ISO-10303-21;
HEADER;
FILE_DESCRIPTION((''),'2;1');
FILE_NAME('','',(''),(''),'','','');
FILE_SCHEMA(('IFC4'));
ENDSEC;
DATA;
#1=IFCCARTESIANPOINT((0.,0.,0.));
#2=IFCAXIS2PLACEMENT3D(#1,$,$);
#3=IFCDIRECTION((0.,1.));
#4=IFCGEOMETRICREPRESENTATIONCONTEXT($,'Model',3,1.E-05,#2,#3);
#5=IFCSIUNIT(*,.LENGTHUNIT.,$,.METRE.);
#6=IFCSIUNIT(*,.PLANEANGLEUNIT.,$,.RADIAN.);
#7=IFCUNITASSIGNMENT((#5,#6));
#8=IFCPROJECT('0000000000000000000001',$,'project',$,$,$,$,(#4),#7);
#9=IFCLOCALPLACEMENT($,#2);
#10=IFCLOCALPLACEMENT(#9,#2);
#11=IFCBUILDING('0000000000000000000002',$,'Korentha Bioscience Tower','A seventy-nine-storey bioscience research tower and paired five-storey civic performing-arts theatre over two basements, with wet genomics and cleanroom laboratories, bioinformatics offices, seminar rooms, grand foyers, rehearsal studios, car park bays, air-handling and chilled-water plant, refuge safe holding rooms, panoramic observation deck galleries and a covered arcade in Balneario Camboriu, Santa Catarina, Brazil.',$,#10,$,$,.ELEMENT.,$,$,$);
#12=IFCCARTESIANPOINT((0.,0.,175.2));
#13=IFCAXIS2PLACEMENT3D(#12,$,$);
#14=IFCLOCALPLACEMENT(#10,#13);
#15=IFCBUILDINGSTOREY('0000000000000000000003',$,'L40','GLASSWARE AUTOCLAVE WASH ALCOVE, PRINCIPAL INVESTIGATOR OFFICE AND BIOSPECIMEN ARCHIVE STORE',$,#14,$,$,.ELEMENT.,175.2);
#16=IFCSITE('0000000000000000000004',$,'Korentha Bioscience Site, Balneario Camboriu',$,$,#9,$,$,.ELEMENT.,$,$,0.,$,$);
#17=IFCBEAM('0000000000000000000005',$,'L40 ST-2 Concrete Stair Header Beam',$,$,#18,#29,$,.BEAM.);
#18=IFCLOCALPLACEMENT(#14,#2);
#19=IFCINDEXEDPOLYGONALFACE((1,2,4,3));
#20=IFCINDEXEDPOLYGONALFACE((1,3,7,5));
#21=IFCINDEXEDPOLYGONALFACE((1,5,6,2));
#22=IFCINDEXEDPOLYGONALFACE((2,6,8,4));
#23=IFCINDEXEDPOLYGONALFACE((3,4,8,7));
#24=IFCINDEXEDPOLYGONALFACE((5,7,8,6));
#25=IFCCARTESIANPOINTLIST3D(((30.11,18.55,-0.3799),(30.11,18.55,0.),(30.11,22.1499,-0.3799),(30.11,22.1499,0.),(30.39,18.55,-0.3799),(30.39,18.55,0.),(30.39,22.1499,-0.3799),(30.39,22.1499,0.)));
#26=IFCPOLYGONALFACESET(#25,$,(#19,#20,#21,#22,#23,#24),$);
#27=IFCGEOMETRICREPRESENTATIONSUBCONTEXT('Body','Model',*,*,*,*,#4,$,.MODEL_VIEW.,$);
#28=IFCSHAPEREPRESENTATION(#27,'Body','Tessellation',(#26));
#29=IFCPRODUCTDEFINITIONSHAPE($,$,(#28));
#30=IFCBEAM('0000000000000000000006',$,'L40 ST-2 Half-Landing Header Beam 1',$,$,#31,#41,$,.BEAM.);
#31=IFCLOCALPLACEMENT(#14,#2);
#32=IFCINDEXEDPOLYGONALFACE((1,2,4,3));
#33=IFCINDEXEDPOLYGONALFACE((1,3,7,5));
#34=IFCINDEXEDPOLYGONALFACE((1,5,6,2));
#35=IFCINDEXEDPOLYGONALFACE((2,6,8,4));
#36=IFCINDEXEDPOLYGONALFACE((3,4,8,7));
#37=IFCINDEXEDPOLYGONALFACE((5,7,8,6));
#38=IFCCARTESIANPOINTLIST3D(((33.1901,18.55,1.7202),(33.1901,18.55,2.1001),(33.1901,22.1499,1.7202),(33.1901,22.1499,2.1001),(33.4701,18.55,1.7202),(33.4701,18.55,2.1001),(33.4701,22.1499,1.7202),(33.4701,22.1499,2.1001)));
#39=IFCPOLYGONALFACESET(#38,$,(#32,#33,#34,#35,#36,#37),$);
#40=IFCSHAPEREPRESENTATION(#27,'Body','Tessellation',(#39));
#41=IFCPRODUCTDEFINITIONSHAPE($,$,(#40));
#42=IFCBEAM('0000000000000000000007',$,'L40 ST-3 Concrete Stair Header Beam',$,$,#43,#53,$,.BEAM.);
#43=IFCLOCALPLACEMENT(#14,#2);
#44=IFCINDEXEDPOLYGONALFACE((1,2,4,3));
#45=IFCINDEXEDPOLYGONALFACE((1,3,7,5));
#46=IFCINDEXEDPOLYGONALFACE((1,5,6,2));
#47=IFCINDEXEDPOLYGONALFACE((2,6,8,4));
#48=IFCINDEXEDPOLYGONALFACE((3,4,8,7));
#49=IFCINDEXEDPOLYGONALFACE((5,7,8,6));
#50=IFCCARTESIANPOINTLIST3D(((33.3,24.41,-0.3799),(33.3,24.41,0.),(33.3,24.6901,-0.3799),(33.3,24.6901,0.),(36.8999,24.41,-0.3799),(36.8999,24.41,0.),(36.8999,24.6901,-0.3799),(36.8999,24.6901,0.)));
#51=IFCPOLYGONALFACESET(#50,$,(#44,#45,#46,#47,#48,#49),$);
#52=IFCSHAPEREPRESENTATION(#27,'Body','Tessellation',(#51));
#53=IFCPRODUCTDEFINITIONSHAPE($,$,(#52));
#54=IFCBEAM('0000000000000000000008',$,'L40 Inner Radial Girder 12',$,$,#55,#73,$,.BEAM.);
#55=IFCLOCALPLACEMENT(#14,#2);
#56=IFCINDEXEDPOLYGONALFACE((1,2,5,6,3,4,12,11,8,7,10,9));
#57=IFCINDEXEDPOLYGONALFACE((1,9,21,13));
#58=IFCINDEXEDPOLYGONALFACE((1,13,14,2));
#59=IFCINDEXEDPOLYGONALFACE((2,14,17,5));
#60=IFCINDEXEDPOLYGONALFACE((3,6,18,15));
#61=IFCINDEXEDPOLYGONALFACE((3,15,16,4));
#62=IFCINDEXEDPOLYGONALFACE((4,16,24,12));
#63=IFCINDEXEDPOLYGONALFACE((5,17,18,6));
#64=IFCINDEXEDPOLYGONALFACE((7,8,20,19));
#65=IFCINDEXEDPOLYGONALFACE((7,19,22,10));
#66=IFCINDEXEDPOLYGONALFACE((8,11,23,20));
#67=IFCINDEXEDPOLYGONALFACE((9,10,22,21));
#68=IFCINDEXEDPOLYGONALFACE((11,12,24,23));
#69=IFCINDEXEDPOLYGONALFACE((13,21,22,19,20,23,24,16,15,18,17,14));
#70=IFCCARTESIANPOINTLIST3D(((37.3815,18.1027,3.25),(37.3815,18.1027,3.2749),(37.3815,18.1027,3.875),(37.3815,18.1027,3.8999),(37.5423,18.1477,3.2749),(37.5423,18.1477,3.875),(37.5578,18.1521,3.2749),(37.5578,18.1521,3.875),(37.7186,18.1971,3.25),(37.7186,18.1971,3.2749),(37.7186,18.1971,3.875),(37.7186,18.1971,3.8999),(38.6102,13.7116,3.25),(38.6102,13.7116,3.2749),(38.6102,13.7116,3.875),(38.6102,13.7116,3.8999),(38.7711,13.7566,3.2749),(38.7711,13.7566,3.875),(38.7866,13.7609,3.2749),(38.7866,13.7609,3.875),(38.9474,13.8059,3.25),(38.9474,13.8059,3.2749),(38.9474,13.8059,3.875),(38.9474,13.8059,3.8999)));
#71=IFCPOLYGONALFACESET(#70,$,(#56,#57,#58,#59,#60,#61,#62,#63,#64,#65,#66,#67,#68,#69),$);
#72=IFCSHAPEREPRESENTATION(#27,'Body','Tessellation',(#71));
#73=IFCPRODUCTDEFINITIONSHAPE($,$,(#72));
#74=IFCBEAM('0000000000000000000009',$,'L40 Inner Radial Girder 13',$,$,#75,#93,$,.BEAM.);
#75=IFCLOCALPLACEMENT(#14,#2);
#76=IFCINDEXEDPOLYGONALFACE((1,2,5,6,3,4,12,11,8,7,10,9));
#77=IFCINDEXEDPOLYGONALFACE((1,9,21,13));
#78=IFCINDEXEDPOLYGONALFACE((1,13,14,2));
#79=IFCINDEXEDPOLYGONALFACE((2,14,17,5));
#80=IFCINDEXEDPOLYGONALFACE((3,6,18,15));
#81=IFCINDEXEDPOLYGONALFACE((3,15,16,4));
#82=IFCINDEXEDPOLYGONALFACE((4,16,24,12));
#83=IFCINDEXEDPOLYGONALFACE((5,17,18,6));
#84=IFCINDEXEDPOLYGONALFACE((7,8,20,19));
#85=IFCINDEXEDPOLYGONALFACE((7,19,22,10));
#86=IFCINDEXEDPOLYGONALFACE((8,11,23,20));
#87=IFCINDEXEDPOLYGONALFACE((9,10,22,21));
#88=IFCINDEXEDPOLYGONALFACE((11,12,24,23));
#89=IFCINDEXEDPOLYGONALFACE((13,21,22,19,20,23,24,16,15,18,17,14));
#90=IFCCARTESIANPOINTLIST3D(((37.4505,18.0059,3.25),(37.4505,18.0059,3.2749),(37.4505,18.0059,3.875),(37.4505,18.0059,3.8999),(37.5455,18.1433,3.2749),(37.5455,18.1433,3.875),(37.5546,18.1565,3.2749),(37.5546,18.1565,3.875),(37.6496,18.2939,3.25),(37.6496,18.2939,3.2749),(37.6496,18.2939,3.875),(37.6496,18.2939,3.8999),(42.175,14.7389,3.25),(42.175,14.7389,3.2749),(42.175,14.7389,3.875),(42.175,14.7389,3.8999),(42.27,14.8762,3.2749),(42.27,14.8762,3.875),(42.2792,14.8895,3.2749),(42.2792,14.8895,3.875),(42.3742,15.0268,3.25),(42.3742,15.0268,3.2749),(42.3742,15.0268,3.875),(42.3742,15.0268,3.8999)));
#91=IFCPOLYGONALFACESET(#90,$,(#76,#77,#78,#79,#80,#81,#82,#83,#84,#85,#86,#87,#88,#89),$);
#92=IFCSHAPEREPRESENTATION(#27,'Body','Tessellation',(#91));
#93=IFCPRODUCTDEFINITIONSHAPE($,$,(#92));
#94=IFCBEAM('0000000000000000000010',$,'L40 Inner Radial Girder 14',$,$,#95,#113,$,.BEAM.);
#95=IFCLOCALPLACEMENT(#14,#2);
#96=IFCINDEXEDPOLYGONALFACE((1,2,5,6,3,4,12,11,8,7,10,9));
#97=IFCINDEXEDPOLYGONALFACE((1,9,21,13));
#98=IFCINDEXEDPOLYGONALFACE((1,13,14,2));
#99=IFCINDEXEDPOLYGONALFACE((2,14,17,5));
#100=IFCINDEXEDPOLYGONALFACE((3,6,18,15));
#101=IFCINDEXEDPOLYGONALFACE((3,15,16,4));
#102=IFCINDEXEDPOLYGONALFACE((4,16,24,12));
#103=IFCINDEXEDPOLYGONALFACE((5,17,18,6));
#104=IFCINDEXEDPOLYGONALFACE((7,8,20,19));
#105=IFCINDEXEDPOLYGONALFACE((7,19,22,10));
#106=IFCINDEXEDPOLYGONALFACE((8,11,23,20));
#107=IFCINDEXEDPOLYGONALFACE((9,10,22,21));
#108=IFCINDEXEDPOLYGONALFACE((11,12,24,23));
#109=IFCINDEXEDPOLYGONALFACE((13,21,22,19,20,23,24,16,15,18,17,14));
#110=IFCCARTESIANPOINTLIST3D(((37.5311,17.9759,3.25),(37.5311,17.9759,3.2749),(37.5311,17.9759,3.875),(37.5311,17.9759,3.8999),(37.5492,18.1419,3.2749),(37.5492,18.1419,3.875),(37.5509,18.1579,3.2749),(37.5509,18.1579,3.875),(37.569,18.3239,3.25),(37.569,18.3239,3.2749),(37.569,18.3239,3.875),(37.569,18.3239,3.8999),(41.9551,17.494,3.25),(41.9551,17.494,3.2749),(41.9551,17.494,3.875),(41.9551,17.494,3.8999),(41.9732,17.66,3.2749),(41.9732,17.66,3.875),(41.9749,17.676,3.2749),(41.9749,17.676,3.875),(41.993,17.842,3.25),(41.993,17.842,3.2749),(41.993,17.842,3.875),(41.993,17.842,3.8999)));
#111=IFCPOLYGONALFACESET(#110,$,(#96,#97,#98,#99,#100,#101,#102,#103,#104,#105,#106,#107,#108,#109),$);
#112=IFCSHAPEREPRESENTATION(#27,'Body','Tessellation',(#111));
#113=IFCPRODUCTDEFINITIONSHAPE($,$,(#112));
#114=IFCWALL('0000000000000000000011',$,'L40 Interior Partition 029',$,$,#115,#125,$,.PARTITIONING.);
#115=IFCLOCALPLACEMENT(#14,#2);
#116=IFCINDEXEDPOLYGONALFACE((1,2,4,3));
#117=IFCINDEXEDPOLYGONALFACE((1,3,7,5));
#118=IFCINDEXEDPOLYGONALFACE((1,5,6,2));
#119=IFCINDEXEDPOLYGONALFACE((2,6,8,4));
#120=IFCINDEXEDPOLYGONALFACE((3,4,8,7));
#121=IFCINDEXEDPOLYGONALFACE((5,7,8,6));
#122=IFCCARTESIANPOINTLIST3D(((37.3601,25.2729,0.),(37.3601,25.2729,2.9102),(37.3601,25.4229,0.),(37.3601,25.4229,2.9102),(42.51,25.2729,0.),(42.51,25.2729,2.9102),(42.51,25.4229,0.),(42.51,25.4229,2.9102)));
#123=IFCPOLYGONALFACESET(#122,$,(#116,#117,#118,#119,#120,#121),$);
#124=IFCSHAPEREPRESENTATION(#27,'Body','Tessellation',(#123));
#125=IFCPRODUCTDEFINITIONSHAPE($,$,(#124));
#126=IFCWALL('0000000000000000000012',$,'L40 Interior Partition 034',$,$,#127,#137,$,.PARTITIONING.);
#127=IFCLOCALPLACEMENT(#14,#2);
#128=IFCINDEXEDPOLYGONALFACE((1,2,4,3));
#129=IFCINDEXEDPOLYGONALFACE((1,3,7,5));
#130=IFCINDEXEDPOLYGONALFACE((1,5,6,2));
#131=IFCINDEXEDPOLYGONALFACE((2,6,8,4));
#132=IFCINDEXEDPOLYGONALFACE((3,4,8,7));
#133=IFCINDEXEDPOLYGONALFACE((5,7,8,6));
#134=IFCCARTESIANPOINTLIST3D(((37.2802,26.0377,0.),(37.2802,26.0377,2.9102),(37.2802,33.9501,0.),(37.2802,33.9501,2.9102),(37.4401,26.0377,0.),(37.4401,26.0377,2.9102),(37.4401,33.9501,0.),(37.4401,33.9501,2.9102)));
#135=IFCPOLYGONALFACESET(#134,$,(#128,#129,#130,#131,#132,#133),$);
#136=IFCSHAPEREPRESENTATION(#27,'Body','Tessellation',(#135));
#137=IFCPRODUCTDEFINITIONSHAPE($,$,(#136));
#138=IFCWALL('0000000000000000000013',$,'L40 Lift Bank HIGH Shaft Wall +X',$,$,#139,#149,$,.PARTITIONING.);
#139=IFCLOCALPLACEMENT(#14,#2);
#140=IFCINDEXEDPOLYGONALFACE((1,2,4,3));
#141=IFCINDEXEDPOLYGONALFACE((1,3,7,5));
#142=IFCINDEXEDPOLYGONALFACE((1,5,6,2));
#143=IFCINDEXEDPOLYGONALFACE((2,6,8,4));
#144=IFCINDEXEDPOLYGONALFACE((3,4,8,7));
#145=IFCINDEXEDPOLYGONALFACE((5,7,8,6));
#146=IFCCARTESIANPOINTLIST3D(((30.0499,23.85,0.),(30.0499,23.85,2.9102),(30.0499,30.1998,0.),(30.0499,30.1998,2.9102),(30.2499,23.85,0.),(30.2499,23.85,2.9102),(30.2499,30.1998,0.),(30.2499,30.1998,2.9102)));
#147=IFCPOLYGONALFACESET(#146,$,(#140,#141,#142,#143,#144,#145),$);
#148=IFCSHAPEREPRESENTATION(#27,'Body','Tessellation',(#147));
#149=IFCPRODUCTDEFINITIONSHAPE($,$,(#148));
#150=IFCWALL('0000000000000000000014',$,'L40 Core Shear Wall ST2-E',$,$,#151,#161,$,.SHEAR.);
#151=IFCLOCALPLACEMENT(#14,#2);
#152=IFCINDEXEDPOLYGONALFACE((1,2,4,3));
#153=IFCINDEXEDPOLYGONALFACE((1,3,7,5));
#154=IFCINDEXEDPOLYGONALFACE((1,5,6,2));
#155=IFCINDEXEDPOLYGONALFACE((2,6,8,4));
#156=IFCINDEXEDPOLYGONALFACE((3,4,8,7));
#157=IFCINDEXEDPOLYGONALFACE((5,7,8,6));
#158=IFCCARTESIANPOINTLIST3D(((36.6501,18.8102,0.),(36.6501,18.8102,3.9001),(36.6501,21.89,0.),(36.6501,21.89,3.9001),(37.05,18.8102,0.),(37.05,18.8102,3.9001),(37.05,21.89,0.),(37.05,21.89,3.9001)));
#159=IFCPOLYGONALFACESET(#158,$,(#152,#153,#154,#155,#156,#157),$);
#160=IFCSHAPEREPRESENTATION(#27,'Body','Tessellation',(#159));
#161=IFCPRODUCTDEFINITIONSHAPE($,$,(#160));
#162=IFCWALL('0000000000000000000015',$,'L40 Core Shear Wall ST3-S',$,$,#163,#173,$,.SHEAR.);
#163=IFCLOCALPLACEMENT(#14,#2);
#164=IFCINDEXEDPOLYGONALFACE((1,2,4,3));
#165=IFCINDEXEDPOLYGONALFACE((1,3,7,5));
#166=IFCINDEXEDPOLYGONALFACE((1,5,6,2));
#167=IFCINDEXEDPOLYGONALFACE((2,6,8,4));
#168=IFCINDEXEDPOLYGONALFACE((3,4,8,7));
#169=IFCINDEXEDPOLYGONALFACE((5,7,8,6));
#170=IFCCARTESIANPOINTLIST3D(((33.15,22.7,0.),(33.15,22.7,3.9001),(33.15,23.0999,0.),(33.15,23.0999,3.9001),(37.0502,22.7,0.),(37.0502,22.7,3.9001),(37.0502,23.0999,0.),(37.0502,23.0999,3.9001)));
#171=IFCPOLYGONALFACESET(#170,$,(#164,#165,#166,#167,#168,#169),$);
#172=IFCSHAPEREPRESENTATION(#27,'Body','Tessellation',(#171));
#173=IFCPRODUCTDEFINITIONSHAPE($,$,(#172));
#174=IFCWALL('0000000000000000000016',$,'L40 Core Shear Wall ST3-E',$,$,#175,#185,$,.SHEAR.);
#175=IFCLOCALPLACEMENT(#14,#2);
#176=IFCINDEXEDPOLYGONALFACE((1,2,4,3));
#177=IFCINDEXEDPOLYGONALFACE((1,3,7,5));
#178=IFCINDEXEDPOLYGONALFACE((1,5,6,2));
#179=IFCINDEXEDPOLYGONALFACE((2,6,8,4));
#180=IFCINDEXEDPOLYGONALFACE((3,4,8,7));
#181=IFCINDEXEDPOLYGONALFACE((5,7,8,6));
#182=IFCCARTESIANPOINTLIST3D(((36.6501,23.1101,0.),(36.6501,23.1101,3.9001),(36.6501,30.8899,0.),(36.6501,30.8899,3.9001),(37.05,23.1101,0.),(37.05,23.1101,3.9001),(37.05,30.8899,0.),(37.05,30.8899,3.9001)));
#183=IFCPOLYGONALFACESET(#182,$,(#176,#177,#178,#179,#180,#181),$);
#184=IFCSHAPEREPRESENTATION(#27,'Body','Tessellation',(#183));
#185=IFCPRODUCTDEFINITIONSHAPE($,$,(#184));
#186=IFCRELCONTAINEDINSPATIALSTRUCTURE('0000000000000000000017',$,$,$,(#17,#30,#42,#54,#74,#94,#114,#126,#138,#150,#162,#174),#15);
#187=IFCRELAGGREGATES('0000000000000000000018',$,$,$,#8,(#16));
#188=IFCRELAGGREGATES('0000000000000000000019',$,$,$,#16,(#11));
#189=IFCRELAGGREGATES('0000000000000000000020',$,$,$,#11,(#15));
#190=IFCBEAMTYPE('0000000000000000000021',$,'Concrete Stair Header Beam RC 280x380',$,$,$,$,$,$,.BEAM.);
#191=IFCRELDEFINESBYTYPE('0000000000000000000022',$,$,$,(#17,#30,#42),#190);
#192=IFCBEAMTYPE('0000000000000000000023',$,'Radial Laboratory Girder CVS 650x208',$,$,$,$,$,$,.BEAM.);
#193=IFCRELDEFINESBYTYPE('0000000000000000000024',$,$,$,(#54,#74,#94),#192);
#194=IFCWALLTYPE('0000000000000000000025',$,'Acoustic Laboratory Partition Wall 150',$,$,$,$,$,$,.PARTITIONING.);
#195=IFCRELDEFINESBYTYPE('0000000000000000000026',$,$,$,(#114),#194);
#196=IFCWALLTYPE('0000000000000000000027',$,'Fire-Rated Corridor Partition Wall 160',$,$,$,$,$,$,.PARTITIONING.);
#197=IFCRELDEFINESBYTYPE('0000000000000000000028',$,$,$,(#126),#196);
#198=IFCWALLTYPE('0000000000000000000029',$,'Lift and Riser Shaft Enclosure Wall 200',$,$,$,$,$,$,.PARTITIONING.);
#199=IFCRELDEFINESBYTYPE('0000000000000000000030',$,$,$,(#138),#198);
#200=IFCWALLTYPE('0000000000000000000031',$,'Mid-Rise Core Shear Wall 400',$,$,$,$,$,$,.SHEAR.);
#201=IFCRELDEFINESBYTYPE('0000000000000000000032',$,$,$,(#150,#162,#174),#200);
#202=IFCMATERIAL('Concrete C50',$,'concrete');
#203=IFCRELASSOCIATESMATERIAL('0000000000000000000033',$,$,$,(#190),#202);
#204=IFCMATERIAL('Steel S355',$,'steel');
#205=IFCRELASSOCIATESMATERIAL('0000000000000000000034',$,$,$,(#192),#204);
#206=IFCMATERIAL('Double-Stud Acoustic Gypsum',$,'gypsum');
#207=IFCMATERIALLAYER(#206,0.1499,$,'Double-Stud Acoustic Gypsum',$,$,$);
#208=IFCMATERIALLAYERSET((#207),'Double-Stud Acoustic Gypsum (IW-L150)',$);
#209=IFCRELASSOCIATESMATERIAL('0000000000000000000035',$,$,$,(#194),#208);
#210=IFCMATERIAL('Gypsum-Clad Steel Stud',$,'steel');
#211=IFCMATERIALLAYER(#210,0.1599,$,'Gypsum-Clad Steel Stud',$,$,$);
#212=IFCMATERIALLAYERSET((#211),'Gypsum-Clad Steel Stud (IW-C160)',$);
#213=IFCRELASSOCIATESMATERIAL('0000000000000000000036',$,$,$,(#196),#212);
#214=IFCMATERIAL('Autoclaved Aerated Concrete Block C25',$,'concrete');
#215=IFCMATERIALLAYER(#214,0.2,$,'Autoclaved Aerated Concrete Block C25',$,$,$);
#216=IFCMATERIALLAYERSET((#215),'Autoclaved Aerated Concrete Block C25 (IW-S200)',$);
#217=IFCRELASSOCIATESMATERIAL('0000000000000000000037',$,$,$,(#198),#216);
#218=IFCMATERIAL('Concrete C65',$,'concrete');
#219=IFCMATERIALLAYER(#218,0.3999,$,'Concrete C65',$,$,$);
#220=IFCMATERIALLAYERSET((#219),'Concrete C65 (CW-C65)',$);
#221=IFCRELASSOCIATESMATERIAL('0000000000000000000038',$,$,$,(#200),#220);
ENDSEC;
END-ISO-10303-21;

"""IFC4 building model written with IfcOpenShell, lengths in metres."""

from ifc_helpers import new_model, si_unit, direction, frame, frame_2d, origin, origin_2d, place, context, subcontext, project, spatial, rectangle, i_section, extrude, material, layer, layer_set, material_profile, profile_set, type_object, element, save


model = new_model("IFC4")

# Units and contexts
model_context = context("Model", 3, precision=1e-05, world=origin(), true_north=direction((0.0, 1.0)))
body_context = subcontext(model_context, "Body", "Model", "MODEL_VIEW")
ifc_project = project(units=[si_unit("LENGTHUNIT", "METRE"), si_unit("PLANEANGLEUNIT", "RADIAN")], contexts=[model_context])

# Site, building, storey
site_placement = place(None, origin())
site = spatial("IfcSite", under=ifc_project, at=site_placement, Name="Korentha Bioscience Site, Balneario Camboriu", CompositionType="ELEMENT", RefElevation=0.0)
building_placement = place(site_placement, origin())
building = spatial("IfcBuilding", under=site, at=building_placement, Name="Korentha Bioscience Tower", Description="A seventy-nine-storey bioscience research tower and paired five-storey civic performing-arts theatre over two basements, with wet genomics and cleanroom laboratories, bioinformatics offices, seminar rooms, grand foyers, rehearsal studios, car park bays, air-handling and chilled-water plant, refuge safe holding rooms, panoramic observation deck galleries and a covered arcade in Balneario Camboriu, Santa Catarina, Brazil.", CompositionType="ELEMENT")
storey_placement = place(building_placement, frame((0.0, 0.0, 175.2)))
storey = spatial("IfcBuildingStorey", under=building, at=storey_placement, Name="L40", Description="GLASSWARE AUTOCLAVE WASH ALCOVE, PRINCIPAL INVESTIGATOR OFFICE AND BIOSPECIMEN ARCHIVE STORE", CompositionType="ELEMENT", Elevation=175.2)

# Beams
ifc_material_1 = material(Name="Concrete C50", Category="concrete")
ifc_material_profile_1 = material_profile(ifc_material_1, rectangle(XDim=0.28, YDim=0.3799, at=origin_2d()), Name="Concrete C50")
ifc_profile_set_1 = profile_set([ifc_material_profile_1], Name="Concrete C50 (ST-HB380)")
beam_type_1 = type_object("IfcBeamType", Name="Concrete Stair Header Beam RC 280x380", PredefinedType="BEAM", material=ifc_profile_set_1)
for number, where, z_axis, x_axis, name in (
    (1, (30.25, 18.55, -0.1899), (0.0, 1.0, 0.0), (-1.0, 0.0, 0.0), "L40 ST-2 Concrete Stair Header Beam"),
    (2, (33.3301, 18.55, 1.9102), (0.0, 1.0, 0.0), (-1.0, 0.0, 0.0), "L40 ST-2 Half-Landing Header Beam 1"),
    (3, (36.8999, 24.55, -0.1899), (-1.0, 0.0, 0.0), (0.0, -1.0, 0.0), "L40 ST-3 Concrete Stair Header Beam"),
):
    element("IfcBeam", number, at=place(storey_placement, frame(where, z_axis=z_axis, x_axis=x_axis)), inside=storey, type_object=beam_type_1, Name=name, PredefinedType="BEAM", context=body_context, shape_type="SweptSolid", body=[
        extrude(rectangle(XDim=0.28, YDim=0.3799, at=origin_2d()), origin(), (0.0, 0.0, 1.0), 3.5999),
    ])
ifc_material_2 = material(Name="Steel S355", Category="steel")
ifc_material_profile_2 = material_profile(ifc_material_2, i_section(OverallWidth=0.3501, OverallDepth=0.6499, WebThickness=0.0161, FlangeThickness=0.0249, at=origin_2d()), Name="Steel S355")
ifc_profile_set_2 = profile_set([ifc_material_profile_2], Name="Steel S355 (RB-650)")
beam_type_2 = type_object("IfcBeamType", Name="Radial Laboratory Girder CVS 650x208", PredefinedType="BEAM", material=ifc_profile_set_2)
beam_1_placement = place(storey_placement, frame((37.55, 18.1499, 3.575), z_axis=(0.269477, -0.963007, 0.0), x_axis=(0.963007, 0.269477, 0.0)))
element("IfcBeam", 4, at=beam_1_placement, inside=storey, type_object=beam_type_2, Name="L40 Inner Radial Girder 12", PredefinedType="BEAM", context=body_context, shape_type="SweptSolid", body=[
    extrude(i_section(OverallWidth=0.3501, OverallDepth=0.6499, WebThickness=0.0161, FlangeThickness=0.0249, at=origin_2d()), origin(), (0.0, 0.0, 1.0), 4.5598),
])
beam_2_placement = place(storey_placement, frame((37.55, 18.1499, 3.575), z_axis=(0.822501, -0.568763, 0.0), x_axis=(0.568763, 0.822501, 0.0)))
element("IfcBeam", 5, at=beam_2_placement, inside=storey, type_object=beam_type_2, Name="L40 Inner Radial Girder 13", PredefinedType="BEAM", context=body_context, shape_type="SweptSolid", body=[
    extrude(i_section(OverallWidth=0.3501, OverallDepth=0.6499, WebThickness=0.0161, FlangeThickness=0.0249, at=origin_2d()), origin(), (0.0, 0.0, 1.0), 5.7441),
])
beam_3_placement = place(storey_placement, frame((37.55, 18.1499, 3.575), z_axis=(0.994119, -0.108294, 0.0), x_axis=(0.108294, 0.994119, 0.0)))
element("IfcBeam", 6, at=beam_3_placement, inside=storey, type_object=beam_type_2, Name="L40 Inner Radial Girder 14", PredefinedType="BEAM", context=body_context, shape_type="SweptSolid", body=[
    extrude(i_section(OverallWidth=0.3501, OverallDepth=0.6499, WebThickness=0.0161, FlangeThickness=0.0249, at=origin_2d()), origin(), (0.0, 0.0, 1.0), 4.4502),
])

# Walls
ifc_material_3 = material(Name="Double-Stud Acoustic Gypsum", Category="gypsum")
ifc_layer_1 = layer(ifc_material_3, 0.1499, Name="Double-Stud Acoustic Gypsum")
ifc_layer_set_1 = layer_set([ifc_layer_1], Name="Double-Stud Acoustic Gypsum (IW-L150)")
wall_type_1 = type_object("IfcWallType", Name="Acoustic Laboratory Partition Wall 150", PredefinedType="PARTITIONING", material=ifc_layer_set_1)
wall_1_placement = place(storey_placement, frame((37.3601, 25.3479, 0.0), z_axis=(0.0, 0.0, 1.0), x_axis=(1.0, 0.0, 0.0)))
element("IfcWall", 7, at=wall_1_placement, inside=storey, type_object=wall_type_1, Name="L40 Interior Partition 029", PredefinedType="PARTITIONING", context=body_context, shape_type="SweptSolid", body=[
    extrude(rectangle(XDim=5.1499, YDim=0.1499, at=frame_2d((2.575, 0.0))), origin(), (0.0, 0.0, 1.0), 2.9102),
])
ifc_material_4 = material(Name="Gypsum-Clad Steel Stud", Category="steel")
ifc_layer_2 = layer(ifc_material_4, 0.1599, Name="Gypsum-Clad Steel Stud")
ifc_layer_set_2 = layer_set([ifc_layer_2], Name="Gypsum-Clad Steel Stud (IW-C160)")
wall_type_2 = type_object("IfcWallType", Name="Fire-Rated Corridor Partition Wall 160", PredefinedType="PARTITIONING", material=ifc_layer_set_2)
wall_2_placement = place(storey_placement, frame((37.3601, 26.0378, 0.0), z_axis=(0.0, 0.0, 1.0), x_axis=(0.0, 1.0, 0.0)))
element("IfcWall", 8, at=wall_2_placement, inside=storey, type_object=wall_type_2, Name="L40 Interior Partition 034", PredefinedType="PARTITIONING", context=body_context, shape_type="SweptSolid", body=[
    extrude(rectangle(XDim=7.9124, YDim=0.1599, at=frame_2d((3.9561, 0.0))), origin(), (0.0, 0.0, 1.0), 2.9102),
])
ifc_material_5 = material(Name="Autoclaved Aerated Concrete Block C25", Category="concrete")
ifc_layer_3 = layer(ifc_material_5, 0.2, Name="Autoclaved Aerated Concrete Block C25")
ifc_layer_set_3 = layer_set([ifc_layer_3], Name="Autoclaved Aerated Concrete Block C25 (IW-S200)")
wall_type_3 = type_object("IfcWallType", Name="Lift and Riser Shaft Enclosure Wall 200", PredefinedType="PARTITIONING", material=ifc_layer_set_3)
wall_3_placement = place(storey_placement, frame((30.1499, 23.8501, 0.0), z_axis=(0.0, 0.0, 1.0), x_axis=(0.0, 1.0, 0.0)))
element("IfcWall", 9, at=wall_3_placement, inside=storey, type_object=wall_type_3, Name="L40 Lift Bank HIGH Shaft Wall +X", PredefinedType="PARTITIONING", context=body_context, shape_type="SweptSolid", body=[
    extrude(rectangle(XDim=6.3499, YDim=0.2, at=frame_2d((3.1748, 0.0))), origin(), (0.0, 0.0, 1.0), 2.9102),
])
ifc_material_6 = material(Name="Concrete C65", Category="concrete")
ifc_layer_4 = layer(ifc_material_6, 0.3999, Name="Concrete C65")
ifc_layer_set_4 = layer_set([ifc_layer_4], Name="Concrete C65 (CW-C65)")
wall_type_4 = type_object("IfcWallType", Name="Mid-Rise Core Shear Wall 400", PredefinedType="SHEAR", material=ifc_layer_set_4)
wall_4_placement = place(storey_placement, frame((36.8501, 18.8101, 0.0), z_axis=(0.0, 0.0, 1.0), x_axis=(0.0, 1.0, 0.0)))
element("IfcWall", 10, at=wall_4_placement, inside=storey, type_object=wall_type_4, Name="L40 Core Shear Wall ST2-E", PredefinedType="SHEAR", context=body_context, shape_type="SweptSolid", body=[
    extrude(rectangle(XDim=3.0798, YDim=0.3999, at=frame_2d((1.54, 0.0))), origin(), (0.0, 0.0, 1.0), 3.9001),
])
wall_5_placement = place(storey_placement, frame((33.1499, 22.8999, 0.0), z_axis=(0.0, 0.0, 1.0), x_axis=(1.0, 0.0, 0.0)))
element("IfcWall", 11, at=wall_5_placement, inside=storey, type_object=wall_type_4, Name="L40 Core Shear Wall ST3-S", PredefinedType="SHEAR", context=body_context, shape_type="SweptSolid", body=[
    extrude(rectangle(XDim=3.9001, YDim=0.3999, at=frame_2d((1.9502, 0.0))), origin(), (0.0, 0.0, 1.0), 3.9001),
])
wall_6_placement = place(storey_placement, frame((36.8501, 23.1101, 0.0), z_axis=(0.0, 0.0, 1.0), x_axis=(0.0, 1.0, 0.0)))
element("IfcWall", 12, at=wall_6_placement, inside=storey, type_object=wall_type_4, Name="L40 Core Shear Wall ST3-E", PredefinedType="SHEAR", context=body_context, shape_type="SweptSolid", body=[
    extrude(rectangle(XDim=7.7798, YDim=0.3999, at=frame_2d((3.8899, 0.0))), origin(), (0.0, 0.0, 1.0), 3.9001),
])

save(model, "model.ifc")
